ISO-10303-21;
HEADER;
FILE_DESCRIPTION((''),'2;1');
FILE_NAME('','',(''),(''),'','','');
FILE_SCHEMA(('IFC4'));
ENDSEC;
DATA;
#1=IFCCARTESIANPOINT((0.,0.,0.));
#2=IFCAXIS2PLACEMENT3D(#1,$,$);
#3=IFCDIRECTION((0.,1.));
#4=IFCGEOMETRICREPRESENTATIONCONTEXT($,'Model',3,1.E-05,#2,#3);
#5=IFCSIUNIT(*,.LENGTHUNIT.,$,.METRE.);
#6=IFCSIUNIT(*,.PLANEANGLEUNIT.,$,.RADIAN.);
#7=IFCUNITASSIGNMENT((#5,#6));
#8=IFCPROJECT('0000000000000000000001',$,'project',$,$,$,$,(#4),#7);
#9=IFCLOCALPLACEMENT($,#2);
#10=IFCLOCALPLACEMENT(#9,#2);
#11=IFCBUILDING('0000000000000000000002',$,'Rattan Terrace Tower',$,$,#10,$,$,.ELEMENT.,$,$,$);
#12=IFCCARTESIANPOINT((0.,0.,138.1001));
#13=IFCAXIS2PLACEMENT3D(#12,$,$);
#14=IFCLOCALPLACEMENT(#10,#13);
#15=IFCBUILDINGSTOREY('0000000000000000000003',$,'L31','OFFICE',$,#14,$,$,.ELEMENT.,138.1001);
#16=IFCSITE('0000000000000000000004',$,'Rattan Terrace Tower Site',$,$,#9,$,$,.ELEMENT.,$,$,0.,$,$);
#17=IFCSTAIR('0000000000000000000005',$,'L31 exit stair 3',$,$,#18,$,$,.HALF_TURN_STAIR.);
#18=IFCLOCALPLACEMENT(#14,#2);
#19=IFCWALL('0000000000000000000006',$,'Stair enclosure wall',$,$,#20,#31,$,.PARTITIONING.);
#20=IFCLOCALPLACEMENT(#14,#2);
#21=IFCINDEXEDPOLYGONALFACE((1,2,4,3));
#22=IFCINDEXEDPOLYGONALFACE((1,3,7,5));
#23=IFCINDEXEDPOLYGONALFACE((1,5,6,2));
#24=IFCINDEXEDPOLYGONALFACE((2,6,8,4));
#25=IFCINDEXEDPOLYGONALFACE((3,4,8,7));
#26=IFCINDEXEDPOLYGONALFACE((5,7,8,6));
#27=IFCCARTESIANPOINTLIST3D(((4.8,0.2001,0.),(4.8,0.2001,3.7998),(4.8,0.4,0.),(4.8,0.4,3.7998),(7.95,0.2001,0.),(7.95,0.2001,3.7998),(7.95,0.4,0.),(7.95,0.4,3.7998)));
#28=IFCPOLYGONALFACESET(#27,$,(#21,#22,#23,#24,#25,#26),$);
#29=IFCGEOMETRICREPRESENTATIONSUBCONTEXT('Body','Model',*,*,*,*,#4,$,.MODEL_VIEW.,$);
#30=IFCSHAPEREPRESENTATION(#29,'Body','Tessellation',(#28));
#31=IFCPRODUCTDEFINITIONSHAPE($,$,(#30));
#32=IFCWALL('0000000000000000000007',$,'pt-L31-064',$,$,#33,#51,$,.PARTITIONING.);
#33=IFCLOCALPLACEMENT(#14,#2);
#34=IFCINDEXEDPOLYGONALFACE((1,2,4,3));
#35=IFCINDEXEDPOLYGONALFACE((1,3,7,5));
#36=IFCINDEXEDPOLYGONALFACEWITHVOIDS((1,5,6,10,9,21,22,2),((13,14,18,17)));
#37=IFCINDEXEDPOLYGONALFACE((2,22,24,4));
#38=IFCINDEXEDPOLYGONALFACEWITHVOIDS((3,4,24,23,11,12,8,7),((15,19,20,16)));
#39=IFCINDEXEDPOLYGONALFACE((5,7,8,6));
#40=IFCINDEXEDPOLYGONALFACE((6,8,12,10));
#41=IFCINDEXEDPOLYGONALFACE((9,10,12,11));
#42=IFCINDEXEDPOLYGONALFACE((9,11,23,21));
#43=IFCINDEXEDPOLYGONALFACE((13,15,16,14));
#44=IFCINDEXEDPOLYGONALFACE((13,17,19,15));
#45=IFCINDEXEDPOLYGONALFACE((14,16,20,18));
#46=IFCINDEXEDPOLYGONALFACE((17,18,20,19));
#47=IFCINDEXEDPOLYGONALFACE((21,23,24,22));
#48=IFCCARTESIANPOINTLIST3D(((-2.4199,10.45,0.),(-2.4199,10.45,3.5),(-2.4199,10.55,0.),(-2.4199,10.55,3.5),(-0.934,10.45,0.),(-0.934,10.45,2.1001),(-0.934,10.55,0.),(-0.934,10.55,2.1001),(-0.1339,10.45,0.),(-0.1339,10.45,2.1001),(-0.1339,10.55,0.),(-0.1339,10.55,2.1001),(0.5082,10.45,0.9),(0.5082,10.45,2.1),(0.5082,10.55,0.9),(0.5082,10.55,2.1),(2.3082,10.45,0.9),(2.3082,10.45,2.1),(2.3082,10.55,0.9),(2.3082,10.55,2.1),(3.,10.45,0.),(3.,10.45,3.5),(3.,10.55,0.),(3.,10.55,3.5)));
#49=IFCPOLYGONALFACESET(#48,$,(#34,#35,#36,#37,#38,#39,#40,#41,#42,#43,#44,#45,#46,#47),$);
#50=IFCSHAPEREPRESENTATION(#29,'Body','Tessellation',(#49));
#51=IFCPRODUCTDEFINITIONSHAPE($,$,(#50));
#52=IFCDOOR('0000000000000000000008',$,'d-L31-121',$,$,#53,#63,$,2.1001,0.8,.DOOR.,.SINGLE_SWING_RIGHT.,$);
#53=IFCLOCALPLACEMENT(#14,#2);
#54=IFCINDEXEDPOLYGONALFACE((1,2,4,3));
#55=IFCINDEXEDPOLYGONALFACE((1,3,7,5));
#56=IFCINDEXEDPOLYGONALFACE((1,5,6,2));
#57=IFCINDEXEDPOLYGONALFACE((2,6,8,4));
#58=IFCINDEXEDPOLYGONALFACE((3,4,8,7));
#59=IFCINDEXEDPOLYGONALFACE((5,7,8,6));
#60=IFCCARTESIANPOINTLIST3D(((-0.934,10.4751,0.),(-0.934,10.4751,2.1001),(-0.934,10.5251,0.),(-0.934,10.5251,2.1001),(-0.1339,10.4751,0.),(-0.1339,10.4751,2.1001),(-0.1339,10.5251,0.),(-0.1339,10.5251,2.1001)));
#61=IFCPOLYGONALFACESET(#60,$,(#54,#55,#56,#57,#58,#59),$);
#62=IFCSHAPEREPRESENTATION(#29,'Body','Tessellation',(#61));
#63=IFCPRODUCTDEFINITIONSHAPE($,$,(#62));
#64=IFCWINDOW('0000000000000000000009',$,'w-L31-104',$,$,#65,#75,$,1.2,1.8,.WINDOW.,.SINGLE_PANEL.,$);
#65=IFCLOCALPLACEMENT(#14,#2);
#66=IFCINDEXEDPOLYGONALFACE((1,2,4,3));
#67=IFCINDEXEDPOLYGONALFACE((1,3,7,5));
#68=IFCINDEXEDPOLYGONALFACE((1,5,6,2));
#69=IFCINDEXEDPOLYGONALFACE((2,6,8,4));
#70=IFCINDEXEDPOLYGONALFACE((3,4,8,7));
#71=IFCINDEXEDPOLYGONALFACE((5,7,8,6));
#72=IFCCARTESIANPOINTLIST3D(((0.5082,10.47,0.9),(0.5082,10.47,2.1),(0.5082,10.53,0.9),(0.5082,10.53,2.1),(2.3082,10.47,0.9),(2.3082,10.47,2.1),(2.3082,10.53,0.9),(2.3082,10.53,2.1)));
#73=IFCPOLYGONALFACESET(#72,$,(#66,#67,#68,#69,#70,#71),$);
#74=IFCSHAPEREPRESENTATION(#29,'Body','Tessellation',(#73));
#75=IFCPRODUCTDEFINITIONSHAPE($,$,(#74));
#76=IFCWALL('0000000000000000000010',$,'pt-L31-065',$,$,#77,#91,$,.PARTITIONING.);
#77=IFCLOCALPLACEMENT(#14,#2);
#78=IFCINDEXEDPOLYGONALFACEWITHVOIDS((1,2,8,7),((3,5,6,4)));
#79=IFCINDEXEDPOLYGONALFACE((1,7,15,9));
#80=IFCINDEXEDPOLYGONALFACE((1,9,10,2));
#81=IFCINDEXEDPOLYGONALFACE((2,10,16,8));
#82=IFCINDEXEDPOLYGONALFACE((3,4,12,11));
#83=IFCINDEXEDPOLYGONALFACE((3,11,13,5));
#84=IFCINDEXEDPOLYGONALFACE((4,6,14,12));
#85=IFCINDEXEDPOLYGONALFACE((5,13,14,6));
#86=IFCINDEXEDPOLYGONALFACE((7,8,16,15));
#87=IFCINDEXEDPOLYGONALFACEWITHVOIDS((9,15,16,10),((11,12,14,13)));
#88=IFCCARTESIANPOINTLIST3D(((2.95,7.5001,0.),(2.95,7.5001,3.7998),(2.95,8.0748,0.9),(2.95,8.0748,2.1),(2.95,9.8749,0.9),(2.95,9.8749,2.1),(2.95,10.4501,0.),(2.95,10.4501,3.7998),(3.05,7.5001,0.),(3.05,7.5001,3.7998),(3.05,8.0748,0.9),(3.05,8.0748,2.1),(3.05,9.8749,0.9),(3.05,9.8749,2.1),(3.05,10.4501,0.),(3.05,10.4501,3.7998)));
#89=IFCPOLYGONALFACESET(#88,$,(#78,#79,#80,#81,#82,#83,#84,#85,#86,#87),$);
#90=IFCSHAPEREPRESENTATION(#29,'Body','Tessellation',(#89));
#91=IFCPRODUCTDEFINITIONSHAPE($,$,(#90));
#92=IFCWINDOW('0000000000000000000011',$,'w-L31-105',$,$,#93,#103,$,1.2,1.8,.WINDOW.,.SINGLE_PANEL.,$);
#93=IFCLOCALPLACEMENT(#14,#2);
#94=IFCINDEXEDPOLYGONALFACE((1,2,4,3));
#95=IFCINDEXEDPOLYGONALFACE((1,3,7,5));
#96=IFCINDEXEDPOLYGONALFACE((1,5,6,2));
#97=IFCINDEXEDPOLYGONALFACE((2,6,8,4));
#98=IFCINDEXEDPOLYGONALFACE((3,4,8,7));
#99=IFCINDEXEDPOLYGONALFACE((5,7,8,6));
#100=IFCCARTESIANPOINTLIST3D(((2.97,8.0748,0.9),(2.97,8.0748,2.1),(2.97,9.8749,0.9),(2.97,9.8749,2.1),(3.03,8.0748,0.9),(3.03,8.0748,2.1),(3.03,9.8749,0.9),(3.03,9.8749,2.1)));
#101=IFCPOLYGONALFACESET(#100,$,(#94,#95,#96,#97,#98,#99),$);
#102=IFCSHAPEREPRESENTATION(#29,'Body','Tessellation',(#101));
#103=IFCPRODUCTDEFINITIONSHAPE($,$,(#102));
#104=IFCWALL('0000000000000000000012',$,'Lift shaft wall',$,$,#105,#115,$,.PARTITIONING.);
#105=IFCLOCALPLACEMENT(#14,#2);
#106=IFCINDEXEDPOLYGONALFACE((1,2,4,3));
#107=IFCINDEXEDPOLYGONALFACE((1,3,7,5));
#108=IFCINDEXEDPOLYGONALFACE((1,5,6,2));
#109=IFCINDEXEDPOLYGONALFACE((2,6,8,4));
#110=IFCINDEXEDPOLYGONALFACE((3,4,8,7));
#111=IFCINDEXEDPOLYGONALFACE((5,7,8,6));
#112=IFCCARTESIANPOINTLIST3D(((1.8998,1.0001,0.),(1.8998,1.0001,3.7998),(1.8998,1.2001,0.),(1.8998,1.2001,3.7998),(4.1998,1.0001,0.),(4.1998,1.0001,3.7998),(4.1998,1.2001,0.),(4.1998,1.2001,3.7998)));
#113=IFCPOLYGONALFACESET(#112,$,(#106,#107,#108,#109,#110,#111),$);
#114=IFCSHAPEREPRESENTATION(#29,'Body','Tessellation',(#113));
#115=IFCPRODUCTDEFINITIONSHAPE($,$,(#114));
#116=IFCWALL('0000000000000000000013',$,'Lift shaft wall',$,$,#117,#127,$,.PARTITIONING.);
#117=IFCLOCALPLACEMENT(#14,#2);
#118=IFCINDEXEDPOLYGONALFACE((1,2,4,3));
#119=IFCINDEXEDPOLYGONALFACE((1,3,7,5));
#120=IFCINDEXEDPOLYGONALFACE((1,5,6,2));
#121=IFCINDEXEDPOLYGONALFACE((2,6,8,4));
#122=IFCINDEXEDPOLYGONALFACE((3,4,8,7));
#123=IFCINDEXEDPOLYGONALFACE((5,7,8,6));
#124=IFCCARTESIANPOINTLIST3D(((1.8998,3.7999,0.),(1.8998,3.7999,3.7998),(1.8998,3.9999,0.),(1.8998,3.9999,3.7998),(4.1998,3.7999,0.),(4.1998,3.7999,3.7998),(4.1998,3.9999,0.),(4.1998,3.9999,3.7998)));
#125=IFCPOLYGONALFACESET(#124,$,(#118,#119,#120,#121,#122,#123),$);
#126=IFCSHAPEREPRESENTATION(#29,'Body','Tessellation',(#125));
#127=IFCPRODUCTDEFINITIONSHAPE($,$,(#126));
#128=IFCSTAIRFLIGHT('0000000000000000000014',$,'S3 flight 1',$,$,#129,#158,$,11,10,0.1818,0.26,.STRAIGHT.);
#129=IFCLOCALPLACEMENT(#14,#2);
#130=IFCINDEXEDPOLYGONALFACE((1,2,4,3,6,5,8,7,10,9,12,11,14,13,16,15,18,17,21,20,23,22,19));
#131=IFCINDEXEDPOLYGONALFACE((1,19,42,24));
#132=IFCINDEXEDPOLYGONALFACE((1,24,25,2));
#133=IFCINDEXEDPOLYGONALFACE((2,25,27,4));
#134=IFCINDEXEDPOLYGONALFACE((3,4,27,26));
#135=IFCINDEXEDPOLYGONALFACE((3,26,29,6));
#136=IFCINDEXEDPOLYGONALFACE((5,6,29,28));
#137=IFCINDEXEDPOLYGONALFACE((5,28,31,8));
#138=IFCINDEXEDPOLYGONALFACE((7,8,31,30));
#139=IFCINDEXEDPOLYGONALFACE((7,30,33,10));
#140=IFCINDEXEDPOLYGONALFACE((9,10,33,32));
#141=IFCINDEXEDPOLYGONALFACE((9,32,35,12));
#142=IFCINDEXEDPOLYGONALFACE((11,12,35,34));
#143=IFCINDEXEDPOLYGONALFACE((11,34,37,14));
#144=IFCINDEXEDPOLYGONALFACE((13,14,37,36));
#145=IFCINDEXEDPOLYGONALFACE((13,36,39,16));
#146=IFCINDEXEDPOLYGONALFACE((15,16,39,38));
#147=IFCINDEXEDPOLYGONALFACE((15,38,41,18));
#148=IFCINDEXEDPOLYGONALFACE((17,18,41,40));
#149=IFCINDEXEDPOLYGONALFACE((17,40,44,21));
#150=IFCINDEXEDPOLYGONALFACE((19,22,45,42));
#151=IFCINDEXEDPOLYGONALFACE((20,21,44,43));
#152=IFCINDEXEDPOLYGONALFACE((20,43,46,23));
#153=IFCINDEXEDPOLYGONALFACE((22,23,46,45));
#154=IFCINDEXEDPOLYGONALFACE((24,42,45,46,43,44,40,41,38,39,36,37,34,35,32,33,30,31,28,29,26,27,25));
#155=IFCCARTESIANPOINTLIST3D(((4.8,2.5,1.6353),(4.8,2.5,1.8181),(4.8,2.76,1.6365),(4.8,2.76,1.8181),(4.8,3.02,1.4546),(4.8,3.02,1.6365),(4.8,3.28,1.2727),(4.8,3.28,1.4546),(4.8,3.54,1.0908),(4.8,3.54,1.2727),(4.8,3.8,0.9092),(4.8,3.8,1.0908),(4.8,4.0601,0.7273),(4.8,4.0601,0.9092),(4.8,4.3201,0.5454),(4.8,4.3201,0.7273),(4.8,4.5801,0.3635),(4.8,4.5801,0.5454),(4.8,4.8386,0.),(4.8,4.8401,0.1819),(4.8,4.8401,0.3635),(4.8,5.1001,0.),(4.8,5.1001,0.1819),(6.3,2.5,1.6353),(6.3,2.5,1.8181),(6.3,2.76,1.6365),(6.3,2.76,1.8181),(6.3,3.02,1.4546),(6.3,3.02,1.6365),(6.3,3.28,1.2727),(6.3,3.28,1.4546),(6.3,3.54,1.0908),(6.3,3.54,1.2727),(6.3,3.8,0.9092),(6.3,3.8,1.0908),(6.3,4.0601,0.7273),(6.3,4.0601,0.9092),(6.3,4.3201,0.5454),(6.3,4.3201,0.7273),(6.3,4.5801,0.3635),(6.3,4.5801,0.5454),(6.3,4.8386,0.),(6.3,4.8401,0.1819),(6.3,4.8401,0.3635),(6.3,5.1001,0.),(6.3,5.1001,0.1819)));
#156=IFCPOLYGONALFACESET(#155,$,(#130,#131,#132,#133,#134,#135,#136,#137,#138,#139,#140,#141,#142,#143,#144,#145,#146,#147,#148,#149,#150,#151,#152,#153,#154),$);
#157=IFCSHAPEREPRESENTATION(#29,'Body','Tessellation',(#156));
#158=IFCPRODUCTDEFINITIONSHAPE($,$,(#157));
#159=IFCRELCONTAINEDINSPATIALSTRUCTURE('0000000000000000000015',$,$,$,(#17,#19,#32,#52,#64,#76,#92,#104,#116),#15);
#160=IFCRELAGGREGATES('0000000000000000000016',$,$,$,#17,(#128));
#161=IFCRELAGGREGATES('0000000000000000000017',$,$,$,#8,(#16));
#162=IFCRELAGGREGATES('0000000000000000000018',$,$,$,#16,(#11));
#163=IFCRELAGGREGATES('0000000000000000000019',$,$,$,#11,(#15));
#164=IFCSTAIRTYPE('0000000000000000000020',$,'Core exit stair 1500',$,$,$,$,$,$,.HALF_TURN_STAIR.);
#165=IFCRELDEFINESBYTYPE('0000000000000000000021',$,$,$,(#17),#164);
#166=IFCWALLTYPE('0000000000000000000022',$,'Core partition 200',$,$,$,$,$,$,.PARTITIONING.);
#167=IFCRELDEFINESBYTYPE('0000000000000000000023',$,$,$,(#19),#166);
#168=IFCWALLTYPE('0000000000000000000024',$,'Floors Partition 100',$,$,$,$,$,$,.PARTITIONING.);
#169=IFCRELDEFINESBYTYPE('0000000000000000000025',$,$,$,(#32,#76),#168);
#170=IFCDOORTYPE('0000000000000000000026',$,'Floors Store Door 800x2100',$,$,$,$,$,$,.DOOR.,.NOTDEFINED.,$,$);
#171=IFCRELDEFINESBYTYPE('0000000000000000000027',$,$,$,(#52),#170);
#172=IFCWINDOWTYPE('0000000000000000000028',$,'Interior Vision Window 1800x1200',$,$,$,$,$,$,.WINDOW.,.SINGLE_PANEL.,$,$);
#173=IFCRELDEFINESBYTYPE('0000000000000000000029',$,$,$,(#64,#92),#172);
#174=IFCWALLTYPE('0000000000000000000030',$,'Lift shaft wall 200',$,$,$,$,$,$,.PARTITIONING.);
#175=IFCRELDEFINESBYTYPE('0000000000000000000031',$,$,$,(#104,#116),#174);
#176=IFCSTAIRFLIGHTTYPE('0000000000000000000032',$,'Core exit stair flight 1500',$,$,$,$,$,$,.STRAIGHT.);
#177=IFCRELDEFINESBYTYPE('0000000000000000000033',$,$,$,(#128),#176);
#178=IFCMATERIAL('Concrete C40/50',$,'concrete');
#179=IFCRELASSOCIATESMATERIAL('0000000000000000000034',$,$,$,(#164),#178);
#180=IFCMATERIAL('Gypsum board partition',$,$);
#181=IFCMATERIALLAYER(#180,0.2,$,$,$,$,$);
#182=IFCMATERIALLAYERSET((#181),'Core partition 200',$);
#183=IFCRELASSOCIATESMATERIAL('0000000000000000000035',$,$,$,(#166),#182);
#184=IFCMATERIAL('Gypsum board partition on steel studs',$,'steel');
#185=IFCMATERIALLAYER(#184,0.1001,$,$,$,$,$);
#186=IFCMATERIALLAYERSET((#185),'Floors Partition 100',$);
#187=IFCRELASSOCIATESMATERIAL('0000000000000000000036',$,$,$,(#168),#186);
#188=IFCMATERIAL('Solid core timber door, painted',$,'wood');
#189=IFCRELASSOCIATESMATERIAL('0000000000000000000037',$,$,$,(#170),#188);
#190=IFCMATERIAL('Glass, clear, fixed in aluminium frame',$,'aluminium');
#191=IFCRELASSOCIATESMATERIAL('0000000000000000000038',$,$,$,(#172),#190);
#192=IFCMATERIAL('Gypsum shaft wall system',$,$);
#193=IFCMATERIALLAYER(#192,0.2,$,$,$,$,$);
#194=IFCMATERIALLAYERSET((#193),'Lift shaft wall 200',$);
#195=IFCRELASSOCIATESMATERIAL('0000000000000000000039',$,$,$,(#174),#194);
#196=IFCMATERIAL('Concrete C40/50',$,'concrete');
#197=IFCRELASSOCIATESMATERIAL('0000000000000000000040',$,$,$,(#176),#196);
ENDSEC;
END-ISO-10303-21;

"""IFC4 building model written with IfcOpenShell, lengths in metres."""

from ifc_helpers import new_model, si_unit, direction, frame, frame_2d, origin, place, context, subcontext, project, spatial, polyline, rectangle, outline, extrude, material, layer, layer_set, type_object, element, fill, aggregate, save


model = new_model("IFC4")

# Units and contexts
model_context = context("Model", 3, precision=1e-05, world=origin(), true_north=direction((0.0, 1.0)))
body_context = subcontext(model_context, "Body", "Model", "MODEL_VIEW")
ifc_project = project(units=[si_unit("LENGTHUNIT", "METRE"), si_unit("PLANEANGLEUNIT", "RADIAN")], contexts=[model_context])

# Site, building, storey
site_placement = place(None, origin())
site = spatial("IfcSite", under=ifc_project, at=site_placement, Name="Rattan Terrace Tower Site", CompositionType="ELEMENT", RefElevation=0.0)
building_placement = place(site_placement, origin())
building = spatial("IfcBuilding", under=site, at=building_placement, Name="Rattan Terrace Tower", CompositionType="ELEMENT")
storey_placement = place(building_placement, frame((0.0, 0.0, 138.1001)))
storey = spatial("IfcBuildingStorey", under=building, at=storey_placement, Name="L31", Description="OFFICE", CompositionType="ELEMENT", Elevation=138.1001)

# Stair
ifc_material_1 = material(Name="Concrete C40/50", Category="concrete")
stair_type = type_object("IfcStairType", Name="Core exit stair 1500", PredefinedType="HALF_TURN_STAIR", material=ifc_material_1)
stair_1_placement = place(storey_placement, origin())
stair_1 = element("IfcStair", 1, at=stair_1_placement, inside=storey, type_object=stair_type, Name="L31 exit stair 3", PredefinedType="HALF_TURN_STAIR")

# Wall
ifc_material_2 = material(Name="Gypsum board partition")
ifc_layer_1 = layer(ifc_material_2, 0.2)
ifc_layer_set_1 = layer_set([ifc_layer_1], Name="Core partition 200")
wall_type_1 = type_object("IfcWallType", Name="Core partition 200", PredefinedType="PARTITIONING", material=ifc_layer_set_1)
wall_1_placement = place(storey_placement, frame((4.8, 0.3, 0.0), z_axis=(0.0, 0.0, 1.0), x_axis=(1.0, 0.0, 0.0)))
element("IfcWall", 2, at=wall_1_placement, inside=storey, type_object=wall_type_1, Name="Stair enclosure wall", PredefinedType="PARTITIONING", context=body_context, shape_type="SweptSolid", body=[
    extrude(rectangle(XDim=3.1499, YDim=0.2, at=frame_2d((1.575, 0.0))), origin(), (0.0, 0.0, 1.0), 3.7998),
])

# Wall, openings, door, window
ifc_material_3 = material(Name="Gypsum board partition on steel studs", Category="steel")
ifc_layer_2 = layer(ifc_material_3, 0.1001)
ifc_layer_set_2 = layer_set([ifc_layer_2], Name="Floors Partition 100")
wall_type_2 = type_object("IfcWallType", Name="Floors Partition 100", PredefinedType="PARTITIONING", material=ifc_layer_set_2)
wall_2_placement = place(storey_placement, frame((3.0, 10.5, 0.0), z_axis=(0.0, 0.0, 1.0), x_axis=(-1.0, 0.0, 0.0)))
wall_2 = element("IfcWall", 3, at=wall_2_placement, inside=storey, type_object=wall_type_2, Name="pt-L31-064", PredefinedType="PARTITIONING", context=body_context, shape_type="SweptSolid", body=[
    extrude(rectangle(XDim=5.4199, YDim=0.1001, at=frame_2d((2.71, 0.0))), origin(), (0.0, 0.0, 1.0), 3.5),
])
opening_1_placement = place(wall_2_placement, frame((3.134, 0.0, 0.0)))
opening_1 = element("IfcOpeningElement", 4, at=opening_1_placement, cuts=wall_2, PredefinedType="OPENING", context=body_context, shape_type="SweptSolid", body=[
    extrude(rectangle(XDim=0.8, YDim=2.1001, at=frame_2d((0.3999, 1.05))), frame((0.0, 0.0605, 0.0), z_axis=(0.0, -1.0, 0.0), x_axis=(1.0, 0.0, 0.0)), (0.0, 0.0, 1.0), 0.1211),
])
opening_2_placement = place(wall_2_placement, frame((0.6919, 0.0, 0.8999)))
opening_2 = element("IfcOpeningElement", 5, at=opening_2_placement, cuts=wall_2, PredefinedType="OPENING", context=body_context, shape_type="SweptSolid", body=[
    extrude(rectangle(XDim=1.8, YDim=1.2, at=frame_2d((0.8999, 0.6001))), frame((0.0, 0.0605, 0.0), z_axis=(0.0, -1.0, 0.0), x_axis=(1.0, 0.0, 0.0)), (0.0, 0.0, 1.0), 0.1211),
])
ifc_material_4 = material(Name="Solid core timber door, painted", Category="wood")
door_type = type_object("IfcDoorType", Name="Floors Store Door 800x2100", OperationType="NOTDEFINED", PredefinedType="DOOR", material=ifc_material_4)
door_placement = place(opening_1_placement, origin())
door = element("IfcDoor", 6, at=door_placement, inside=storey, type_object=door_type, Name="d-L31-121", OperationType="SINGLE_SWING_RIGHT", OverallHeight=2.1001, OverallWidth=0.8, PredefinedType="DOOR", context=body_context, shape_type="SweptSolid", body=[
    extrude(rectangle(XDim=0.8, YDim=2.1001, at=frame_2d((0.3999, 1.05))), frame((0.0, 0.0249, 0.0), z_axis=(0.0, -1.0, 0.0), x_axis=(1.0, 0.0, 0.0)), (0.0, 0.0, 1.0), 0.05),
])
fill(opening_1, door)
ifc_material_5 = material(Name="Glass, clear, fixed in aluminium frame", Category="aluminium")
window_type = type_object("IfcWindowType", Name="Interior Vision Window 1800x1200", PartitioningType="SINGLE_PANEL", PredefinedType="WINDOW", material=ifc_material_5)
window_1_placement = place(opening_2_placement, origin())
window_1 = element("IfcWindow", 7, at=window_1_placement, inside=storey, type_object=window_type, Name="w-L31-104", OverallHeight=1.2, OverallWidth=1.8, PartitioningType="SINGLE_PANEL", PredefinedType="WINDOW", context=body_context, shape_type="SweptSolid", body=[
    extrude(rectangle(XDim=1.8, YDim=1.2, at=frame_2d((0.8999, 0.6001))), frame((0.0, 0.03, 0.0), z_axis=(0.0, -1.0, 0.0), x_axis=(1.0, 0.0, 0.0)), (0.0, 0.0, 1.0), 0.0601),
])
fill(opening_2, window_1)

# Wall, opening, window
wall_3_placement = place(storey_placement, frame((3.0, 7.5, 0.0), z_axis=(0.0, 0.0, 1.0), x_axis=(0.0, 1.0, 0.0)))
wall_3 = element("IfcWall", 8, at=wall_3_placement, inside=storey, type_object=wall_type_2, Name="pt-L31-065", PredefinedType="PARTITIONING", context=body_context, shape_type="SweptSolid", body=[
    extrude(rectangle(XDim=2.95, YDim=0.1001, at=frame_2d((1.4751, 0.0))), origin(), (0.0, 0.0, 1.0), 3.7998),
])
opening_3_placement = place(wall_3_placement, frame((0.575, 0.0, 0.8999)))
opening_3 = element("IfcOpeningElement", 9, at=opening_3_placement, cuts=wall_3, PredefinedType="OPENING", context=body_context, shape_type="SweptSolid", body=[
    extrude(rectangle(XDim=1.8, YDim=1.2, at=frame_2d((0.8999, 0.6001))), frame((0.0, 0.0605, 0.0), z_axis=(0.0, -1.0, 0.0), x_axis=(1.0, 0.0, 0.0)), (0.0, 0.0, 1.0), 0.1211),
])
window_2_placement = place(opening_3_placement, origin())
window_2 = element("IfcWindow", 10, at=window_2_placement, inside=storey, type_object=window_type, Name="w-L31-105", OverallHeight=1.2, OverallWidth=1.8, PartitioningType="SINGLE_PANEL", PredefinedType="WINDOW", context=body_context, shape_type="SweptSolid", body=[
    extrude(rectangle(XDim=1.8, YDim=1.2, at=frame_2d((0.8999, 0.6001))), frame((0.0, 0.03, 0.0), z_axis=(0.0, -1.0, 0.0), x_axis=(1.0, 0.0, 0.0)), (0.0, 0.0, 1.0), 0.0601),
])
fill(opening_3, window_2)

# Walls
ifc_material_6 = material(Name="Gypsum shaft wall system")
ifc_layer_3 = layer(ifc_material_6, 0.2)
ifc_layer_set_3 = layer_set([ifc_layer_3], Name="Lift shaft wall 200")
wall_type_3 = type_object("IfcWallType", Name="Lift shaft wall 200", PredefinedType="PARTITIONING", material=ifc_layer_set_3)
for number, where, z_axis, x_axis, name in (
    (11, (1.8999, 1.1001, 0.0), (0.0, 0.0, 1.0), (1.0, 0.0, 0.0), "Lift shaft wall"),
    (12, (1.8999, 3.8999, 0.0), (0.0, 0.0, 1.0), (1.0, 0.0, 0.0), "Lift shaft wall"),
):
    element("IfcWall", number, at=place(storey_placement, frame(where, z_axis=z_axis, x_axis=x_axis)), inside=storey, type_object=wall_type_3, Name=name, PredefinedType="PARTITIONING", context=body_context, shape_type="SweptSolid", body=[
        extrude(rectangle(XDim=2.3, YDim=0.2, at=frame_2d((1.1499, 0.0))), origin(), (0.0, 0.0, 1.0), 3.7998),
    ])

# Stair flight
ifc_material_7 = material(Name="Concrete C40/50", Category="concrete")
stair_flight_type = type_object("IfcStairFlightType", Name="Core exit stair flight 1500", PredefinedType="STRAIGHT", material=ifc_material_7)
stair_flight_placement = place(storey_placement, frame((5.55, 5.1001, 0.0), z_axis=(0.0, 0.0, 1.0), x_axis=(0.0, -1.0, 0.0)))
stair_flight = element("IfcStairFlight", 13, at=stair_flight_placement, type_object=stair_flight_type, Name="S3 flight 1", NumberOfRisers=11, NumberOfTreads=10, PredefinedType="STRAIGHT", RiserHeight=0.1818, TreadLength=0.26, context=body_context, shape_type="SweptSolid", body=[
    extrude(outline(polyline([(0.0, 0.0), (0.0, 0.1819), (0.26, 0.1819), (0.26, 0.3635), (0.52, 0.3635), (0.52, 0.5454), (0.78, 0.5454), (0.78, 0.7273), (1.04, 0.7273), (1.04, 0.9092), (1.3, 0.9092), (1.3, 1.0908), (1.5601, 1.0908), (1.5601, 1.2727), (1.8201, 1.2727), (1.8201, 1.4546), (2.0801, 1.4546), (2.0801, 1.6365), (2.3401, 1.6365), (2.3401, 1.8181), (2.6001, 1.8181), (2.6001, 2.0), (2.6001, 1.6353), (0.2615, 0.0), (0.0, 0.0)])), frame((0.0, 0.75, 0.0), z_axis=(0.0, -1.0, 0.0), x_axis=(1.0, 0.0, 0.0)), (0.0, 0.0, 1.0), 1.5),
])
aggregate(stair_1, [stair_flight])

save(model, "model.ifc")
